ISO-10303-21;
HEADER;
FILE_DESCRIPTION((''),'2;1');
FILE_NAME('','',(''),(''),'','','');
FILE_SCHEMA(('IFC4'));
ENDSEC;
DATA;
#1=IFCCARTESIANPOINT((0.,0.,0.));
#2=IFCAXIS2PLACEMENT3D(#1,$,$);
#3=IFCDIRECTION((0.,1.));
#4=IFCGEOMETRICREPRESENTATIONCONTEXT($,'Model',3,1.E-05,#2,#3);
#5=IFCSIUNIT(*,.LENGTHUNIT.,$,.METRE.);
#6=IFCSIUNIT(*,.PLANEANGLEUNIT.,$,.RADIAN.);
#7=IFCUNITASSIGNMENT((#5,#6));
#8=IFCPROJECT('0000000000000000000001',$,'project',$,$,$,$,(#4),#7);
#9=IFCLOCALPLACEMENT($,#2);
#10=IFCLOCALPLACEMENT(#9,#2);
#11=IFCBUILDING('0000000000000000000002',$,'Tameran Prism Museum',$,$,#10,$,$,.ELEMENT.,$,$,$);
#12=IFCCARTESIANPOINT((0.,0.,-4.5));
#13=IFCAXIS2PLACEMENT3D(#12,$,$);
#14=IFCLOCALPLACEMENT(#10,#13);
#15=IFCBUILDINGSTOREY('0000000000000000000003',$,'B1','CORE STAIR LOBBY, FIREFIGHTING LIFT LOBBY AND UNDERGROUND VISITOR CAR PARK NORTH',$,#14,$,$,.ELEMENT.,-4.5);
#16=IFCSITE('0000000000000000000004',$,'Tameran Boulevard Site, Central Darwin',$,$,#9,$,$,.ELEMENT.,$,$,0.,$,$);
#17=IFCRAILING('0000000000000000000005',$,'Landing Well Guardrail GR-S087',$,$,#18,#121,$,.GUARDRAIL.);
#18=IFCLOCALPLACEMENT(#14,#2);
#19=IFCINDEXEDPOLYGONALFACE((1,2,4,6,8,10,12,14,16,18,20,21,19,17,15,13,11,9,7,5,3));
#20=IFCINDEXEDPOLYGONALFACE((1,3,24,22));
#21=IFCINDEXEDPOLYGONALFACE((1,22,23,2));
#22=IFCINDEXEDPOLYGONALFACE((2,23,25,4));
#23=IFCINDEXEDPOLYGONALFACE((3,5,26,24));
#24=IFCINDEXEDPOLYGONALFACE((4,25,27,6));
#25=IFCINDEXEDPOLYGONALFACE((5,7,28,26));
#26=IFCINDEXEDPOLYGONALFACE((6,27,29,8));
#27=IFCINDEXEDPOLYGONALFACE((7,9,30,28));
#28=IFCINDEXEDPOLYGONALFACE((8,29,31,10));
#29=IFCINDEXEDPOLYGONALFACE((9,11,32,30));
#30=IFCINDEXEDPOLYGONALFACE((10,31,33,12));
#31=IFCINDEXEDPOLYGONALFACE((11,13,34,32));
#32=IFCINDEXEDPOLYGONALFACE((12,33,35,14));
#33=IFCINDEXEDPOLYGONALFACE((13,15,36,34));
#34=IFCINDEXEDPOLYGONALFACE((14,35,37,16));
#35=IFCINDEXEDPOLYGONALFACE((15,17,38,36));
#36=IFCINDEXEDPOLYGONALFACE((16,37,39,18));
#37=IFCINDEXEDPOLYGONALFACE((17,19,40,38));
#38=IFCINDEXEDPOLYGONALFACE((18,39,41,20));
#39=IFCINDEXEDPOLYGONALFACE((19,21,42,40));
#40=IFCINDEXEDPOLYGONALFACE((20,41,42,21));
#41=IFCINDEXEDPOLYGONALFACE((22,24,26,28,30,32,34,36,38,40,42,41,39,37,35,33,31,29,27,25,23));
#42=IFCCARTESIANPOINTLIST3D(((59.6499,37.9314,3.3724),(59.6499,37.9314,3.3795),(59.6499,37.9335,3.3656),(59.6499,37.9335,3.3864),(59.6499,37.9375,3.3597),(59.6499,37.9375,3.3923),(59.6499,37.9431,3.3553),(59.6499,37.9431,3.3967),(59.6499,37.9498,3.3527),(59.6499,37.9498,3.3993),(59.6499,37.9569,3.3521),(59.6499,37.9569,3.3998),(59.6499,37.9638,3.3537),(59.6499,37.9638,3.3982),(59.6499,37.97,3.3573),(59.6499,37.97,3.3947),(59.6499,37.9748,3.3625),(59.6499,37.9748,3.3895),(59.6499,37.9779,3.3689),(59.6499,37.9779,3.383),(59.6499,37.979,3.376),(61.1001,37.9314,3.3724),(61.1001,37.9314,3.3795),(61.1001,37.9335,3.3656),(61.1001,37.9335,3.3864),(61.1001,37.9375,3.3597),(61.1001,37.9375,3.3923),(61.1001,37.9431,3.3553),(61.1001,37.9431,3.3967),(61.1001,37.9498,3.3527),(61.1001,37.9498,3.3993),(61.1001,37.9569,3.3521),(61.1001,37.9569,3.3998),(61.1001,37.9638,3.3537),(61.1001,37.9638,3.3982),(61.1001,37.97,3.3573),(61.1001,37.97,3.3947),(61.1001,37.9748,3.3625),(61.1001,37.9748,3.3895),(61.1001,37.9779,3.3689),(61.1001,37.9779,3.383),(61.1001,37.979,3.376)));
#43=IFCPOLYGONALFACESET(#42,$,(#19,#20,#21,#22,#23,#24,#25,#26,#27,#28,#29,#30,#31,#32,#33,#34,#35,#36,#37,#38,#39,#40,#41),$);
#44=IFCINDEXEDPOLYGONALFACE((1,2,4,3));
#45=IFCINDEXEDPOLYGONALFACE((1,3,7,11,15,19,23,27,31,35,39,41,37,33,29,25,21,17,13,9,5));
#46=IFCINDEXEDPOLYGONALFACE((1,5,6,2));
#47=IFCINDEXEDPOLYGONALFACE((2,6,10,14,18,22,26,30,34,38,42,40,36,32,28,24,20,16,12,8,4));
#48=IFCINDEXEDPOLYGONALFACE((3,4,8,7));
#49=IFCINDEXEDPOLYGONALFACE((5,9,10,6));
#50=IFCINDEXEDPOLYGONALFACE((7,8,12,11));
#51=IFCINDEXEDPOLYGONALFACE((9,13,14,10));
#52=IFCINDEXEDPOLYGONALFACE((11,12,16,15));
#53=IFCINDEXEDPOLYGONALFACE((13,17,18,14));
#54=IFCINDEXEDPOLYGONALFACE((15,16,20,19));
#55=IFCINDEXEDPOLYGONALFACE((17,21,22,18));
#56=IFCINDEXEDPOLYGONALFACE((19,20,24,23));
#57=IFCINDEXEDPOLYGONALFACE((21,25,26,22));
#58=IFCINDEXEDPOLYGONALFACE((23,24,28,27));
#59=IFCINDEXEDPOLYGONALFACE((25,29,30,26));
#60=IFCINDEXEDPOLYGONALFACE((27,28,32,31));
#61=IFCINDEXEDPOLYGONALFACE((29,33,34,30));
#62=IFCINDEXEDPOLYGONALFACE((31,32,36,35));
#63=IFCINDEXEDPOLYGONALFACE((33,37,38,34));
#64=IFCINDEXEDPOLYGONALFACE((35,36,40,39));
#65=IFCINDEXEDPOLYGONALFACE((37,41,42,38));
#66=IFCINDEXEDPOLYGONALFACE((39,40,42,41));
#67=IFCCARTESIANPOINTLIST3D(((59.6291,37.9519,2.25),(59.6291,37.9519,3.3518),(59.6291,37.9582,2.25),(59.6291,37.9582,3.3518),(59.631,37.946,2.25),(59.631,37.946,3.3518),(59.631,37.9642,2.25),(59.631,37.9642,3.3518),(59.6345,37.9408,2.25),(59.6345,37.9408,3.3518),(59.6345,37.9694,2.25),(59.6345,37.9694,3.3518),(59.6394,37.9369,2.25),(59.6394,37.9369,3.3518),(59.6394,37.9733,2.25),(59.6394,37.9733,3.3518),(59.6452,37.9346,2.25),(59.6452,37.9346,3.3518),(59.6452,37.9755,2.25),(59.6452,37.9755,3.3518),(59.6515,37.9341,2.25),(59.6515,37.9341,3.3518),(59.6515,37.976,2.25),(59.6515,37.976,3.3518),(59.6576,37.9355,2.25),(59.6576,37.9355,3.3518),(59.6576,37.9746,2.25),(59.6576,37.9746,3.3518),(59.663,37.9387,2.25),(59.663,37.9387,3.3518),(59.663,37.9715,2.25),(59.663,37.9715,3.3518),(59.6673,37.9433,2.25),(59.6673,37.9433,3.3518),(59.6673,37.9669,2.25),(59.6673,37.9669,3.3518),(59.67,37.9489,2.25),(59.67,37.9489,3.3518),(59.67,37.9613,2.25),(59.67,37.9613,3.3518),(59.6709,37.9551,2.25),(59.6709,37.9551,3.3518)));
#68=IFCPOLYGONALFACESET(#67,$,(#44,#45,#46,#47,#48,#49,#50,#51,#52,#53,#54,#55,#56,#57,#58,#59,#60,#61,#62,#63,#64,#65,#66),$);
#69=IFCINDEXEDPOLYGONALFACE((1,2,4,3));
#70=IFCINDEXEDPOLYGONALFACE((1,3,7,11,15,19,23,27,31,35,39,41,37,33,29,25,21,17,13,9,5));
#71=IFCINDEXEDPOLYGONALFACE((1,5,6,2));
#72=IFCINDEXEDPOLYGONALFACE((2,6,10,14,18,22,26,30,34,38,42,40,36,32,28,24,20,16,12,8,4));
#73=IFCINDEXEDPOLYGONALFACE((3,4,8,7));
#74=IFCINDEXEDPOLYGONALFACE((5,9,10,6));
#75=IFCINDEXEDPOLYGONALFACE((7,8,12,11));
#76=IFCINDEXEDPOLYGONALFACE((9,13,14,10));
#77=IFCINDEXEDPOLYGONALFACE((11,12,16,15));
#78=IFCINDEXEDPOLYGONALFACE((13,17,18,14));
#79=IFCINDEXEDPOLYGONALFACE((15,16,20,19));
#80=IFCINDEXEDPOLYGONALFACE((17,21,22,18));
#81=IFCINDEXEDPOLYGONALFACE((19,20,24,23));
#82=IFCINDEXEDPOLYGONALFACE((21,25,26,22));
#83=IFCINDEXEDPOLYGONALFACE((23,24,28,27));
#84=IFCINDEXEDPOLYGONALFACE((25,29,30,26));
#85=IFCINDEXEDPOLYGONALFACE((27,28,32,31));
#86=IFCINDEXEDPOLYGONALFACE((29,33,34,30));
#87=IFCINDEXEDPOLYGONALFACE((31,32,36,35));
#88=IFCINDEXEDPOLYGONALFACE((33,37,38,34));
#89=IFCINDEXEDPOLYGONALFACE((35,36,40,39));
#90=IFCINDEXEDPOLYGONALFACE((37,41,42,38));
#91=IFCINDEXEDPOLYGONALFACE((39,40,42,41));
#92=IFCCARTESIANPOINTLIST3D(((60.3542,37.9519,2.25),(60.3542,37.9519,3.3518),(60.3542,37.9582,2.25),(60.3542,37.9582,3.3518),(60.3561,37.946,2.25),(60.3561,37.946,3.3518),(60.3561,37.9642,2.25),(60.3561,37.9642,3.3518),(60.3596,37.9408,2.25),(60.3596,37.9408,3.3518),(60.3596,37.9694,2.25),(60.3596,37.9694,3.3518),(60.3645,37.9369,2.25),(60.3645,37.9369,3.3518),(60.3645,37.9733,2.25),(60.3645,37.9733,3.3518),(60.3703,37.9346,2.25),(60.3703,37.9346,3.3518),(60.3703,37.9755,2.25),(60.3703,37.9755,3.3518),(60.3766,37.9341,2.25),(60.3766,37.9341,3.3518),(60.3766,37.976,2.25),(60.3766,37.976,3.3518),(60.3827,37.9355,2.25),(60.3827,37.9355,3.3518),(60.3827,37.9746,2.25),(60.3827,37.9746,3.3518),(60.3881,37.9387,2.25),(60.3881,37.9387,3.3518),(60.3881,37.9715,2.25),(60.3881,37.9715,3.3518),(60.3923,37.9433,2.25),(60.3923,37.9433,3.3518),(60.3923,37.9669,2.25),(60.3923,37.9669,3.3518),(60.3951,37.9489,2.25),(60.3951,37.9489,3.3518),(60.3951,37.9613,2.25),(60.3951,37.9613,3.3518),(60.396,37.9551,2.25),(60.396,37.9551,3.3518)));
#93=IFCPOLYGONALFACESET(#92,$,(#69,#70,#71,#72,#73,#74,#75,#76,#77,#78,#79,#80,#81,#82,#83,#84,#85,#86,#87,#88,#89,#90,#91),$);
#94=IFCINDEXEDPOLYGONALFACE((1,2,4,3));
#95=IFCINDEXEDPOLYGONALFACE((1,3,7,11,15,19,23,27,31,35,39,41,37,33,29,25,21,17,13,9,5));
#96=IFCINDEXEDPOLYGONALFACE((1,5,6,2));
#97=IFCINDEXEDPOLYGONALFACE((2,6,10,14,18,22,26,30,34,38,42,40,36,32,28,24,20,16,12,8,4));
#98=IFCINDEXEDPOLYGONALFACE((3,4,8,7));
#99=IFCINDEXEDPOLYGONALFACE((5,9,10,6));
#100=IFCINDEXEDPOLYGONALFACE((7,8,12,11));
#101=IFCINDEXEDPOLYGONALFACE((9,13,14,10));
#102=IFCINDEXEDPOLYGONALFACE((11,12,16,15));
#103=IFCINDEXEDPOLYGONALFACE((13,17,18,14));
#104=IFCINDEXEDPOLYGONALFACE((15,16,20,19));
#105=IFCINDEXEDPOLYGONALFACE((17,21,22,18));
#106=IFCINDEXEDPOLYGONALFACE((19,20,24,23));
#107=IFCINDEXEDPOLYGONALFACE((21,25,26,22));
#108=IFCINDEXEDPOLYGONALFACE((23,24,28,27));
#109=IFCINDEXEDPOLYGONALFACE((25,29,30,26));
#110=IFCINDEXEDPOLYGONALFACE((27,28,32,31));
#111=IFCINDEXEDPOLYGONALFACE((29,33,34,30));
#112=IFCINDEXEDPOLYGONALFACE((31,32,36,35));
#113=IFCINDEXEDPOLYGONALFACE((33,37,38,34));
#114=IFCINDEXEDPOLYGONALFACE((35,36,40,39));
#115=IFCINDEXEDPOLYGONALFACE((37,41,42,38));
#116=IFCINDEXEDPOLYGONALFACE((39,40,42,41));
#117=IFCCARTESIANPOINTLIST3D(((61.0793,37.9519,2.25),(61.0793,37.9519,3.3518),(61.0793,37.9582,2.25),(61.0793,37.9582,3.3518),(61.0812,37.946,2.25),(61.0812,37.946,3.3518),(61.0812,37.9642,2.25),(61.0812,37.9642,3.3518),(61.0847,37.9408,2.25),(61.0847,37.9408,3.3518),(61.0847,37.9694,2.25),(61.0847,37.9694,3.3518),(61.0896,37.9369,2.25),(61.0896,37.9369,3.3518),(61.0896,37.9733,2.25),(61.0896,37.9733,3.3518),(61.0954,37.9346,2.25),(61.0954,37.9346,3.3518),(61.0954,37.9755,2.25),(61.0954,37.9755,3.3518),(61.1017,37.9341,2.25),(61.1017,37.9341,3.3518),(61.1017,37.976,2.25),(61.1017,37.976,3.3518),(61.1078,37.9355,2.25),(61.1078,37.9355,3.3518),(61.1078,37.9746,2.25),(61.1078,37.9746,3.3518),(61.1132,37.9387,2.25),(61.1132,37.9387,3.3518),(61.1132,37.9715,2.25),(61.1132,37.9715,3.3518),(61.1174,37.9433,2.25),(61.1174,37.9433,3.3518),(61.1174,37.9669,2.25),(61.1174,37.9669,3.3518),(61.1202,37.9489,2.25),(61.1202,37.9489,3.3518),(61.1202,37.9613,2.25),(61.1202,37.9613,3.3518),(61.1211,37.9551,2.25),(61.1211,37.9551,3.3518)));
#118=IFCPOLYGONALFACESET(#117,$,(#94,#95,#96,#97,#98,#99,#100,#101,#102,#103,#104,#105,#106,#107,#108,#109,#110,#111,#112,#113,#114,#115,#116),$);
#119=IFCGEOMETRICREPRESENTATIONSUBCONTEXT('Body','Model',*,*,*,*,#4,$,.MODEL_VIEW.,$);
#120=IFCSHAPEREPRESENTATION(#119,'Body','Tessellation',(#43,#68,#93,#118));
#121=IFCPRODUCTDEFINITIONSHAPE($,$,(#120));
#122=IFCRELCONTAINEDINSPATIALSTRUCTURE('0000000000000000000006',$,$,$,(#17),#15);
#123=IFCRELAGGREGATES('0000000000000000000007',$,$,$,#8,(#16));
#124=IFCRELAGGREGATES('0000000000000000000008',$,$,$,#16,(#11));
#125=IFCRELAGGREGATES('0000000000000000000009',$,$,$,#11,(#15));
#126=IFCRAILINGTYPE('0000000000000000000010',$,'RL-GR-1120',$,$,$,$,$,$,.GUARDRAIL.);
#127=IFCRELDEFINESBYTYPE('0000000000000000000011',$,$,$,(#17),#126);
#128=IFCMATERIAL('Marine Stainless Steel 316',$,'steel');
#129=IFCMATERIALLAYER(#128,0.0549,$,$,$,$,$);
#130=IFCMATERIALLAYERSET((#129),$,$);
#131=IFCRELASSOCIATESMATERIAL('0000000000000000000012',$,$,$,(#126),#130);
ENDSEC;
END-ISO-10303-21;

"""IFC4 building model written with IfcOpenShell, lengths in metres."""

from ifc_helpers import new_model, si_unit, direction, frame, origin, origin_2d, place, context, subcontext, project, spatial, circle, extrude, material, layer, layer_set, type_object, element, save


model = new_model("IFC4")

# Units and contexts
model_context = context("Model", 3, precision=1e-05, world=origin(), true_north=direction((0.0, 1.0)))
body_context = subcontext(model_context, "Body", "Model", "MODEL_VIEW")
ifc_project = project(units=[si_unit("LENGTHUNIT", "METRE"), si_unit("PLANEANGLEUNIT", "RADIAN")], contexts=[model_context])

# Site, building, storey
site_placement = place(None, origin())
site = spatial("IfcSite", under=ifc_project, at=site_placement, Name="Tameran Boulevard Site, Central Darwin", CompositionType="ELEMENT", RefElevation=0.0)
building_placement = place(site_placement, origin())
building = spatial("IfcBuilding", under=site, at=building_placement, Name="Tameran Prism Museum", CompositionType="ELEMENT")
storey_placement = place(building_placement, frame((0.0, 0.0, -4.5)))
storey = spatial("IfcBuildingStorey", under=building, at=storey_placement, Name="B1", Description="CORE STAIR LOBBY, FIREFIGHTING LIFT LOBBY AND UNDERGROUND VISITOR CAR PARK NORTH", CompositionType="ELEMENT", Elevation=-4.5)

# Railing
ifc_material_1 = material(Name="Marine Stainless Steel 316", Category="steel")
ifc_layer_1 = layer(ifc_material_1, 0.0549)
ifc_layer_set_1 = layer_set([ifc_layer_1])
railing_type_1 = type_object("IfcRailingType", Name="RL-GR-1120", PredefinedType="GUARDRAIL", material=ifc_layer_set_1)
railing_1_placement = place(storey_placement, frame((59.6499, 37.9551, 2.25)))
element("IfcRailing", 1, at=railing_1_placement, inside=storey, type_object=railing_type_1, Name="Landing Well Guardrail GR-S087", PredefinedType="GUARDRAIL", context=body_context, shape_type="SweptSolid", body=[
    extrude(circle(Radius=0.0239, at=origin_2d()), frame((0.0, 0.0, 1.126), z_axis=(1.0, 0.0, 0.0), x_axis=(0.0, 1.0, 0.0)), (0.0, 0.0, 1.0), 1.4502),
    extrude(circle(Radius=0.021, at=origin_2d()), origin(), (0.0, 0.0, 1.0), 1.1018),
    extrude(circle(Radius=0.021, at=origin_2d()), frame((0.7251, 0.0, 0.0)), (0.0, 0.0, 1.0), 1.1018),
    extrude(circle(Radius=0.021, at=origin_2d()), frame((1.4502, 0.0, 0.0)), (0.0, 0.0, 1.0), 1.1018),
])

save(model, "model.ifc")
